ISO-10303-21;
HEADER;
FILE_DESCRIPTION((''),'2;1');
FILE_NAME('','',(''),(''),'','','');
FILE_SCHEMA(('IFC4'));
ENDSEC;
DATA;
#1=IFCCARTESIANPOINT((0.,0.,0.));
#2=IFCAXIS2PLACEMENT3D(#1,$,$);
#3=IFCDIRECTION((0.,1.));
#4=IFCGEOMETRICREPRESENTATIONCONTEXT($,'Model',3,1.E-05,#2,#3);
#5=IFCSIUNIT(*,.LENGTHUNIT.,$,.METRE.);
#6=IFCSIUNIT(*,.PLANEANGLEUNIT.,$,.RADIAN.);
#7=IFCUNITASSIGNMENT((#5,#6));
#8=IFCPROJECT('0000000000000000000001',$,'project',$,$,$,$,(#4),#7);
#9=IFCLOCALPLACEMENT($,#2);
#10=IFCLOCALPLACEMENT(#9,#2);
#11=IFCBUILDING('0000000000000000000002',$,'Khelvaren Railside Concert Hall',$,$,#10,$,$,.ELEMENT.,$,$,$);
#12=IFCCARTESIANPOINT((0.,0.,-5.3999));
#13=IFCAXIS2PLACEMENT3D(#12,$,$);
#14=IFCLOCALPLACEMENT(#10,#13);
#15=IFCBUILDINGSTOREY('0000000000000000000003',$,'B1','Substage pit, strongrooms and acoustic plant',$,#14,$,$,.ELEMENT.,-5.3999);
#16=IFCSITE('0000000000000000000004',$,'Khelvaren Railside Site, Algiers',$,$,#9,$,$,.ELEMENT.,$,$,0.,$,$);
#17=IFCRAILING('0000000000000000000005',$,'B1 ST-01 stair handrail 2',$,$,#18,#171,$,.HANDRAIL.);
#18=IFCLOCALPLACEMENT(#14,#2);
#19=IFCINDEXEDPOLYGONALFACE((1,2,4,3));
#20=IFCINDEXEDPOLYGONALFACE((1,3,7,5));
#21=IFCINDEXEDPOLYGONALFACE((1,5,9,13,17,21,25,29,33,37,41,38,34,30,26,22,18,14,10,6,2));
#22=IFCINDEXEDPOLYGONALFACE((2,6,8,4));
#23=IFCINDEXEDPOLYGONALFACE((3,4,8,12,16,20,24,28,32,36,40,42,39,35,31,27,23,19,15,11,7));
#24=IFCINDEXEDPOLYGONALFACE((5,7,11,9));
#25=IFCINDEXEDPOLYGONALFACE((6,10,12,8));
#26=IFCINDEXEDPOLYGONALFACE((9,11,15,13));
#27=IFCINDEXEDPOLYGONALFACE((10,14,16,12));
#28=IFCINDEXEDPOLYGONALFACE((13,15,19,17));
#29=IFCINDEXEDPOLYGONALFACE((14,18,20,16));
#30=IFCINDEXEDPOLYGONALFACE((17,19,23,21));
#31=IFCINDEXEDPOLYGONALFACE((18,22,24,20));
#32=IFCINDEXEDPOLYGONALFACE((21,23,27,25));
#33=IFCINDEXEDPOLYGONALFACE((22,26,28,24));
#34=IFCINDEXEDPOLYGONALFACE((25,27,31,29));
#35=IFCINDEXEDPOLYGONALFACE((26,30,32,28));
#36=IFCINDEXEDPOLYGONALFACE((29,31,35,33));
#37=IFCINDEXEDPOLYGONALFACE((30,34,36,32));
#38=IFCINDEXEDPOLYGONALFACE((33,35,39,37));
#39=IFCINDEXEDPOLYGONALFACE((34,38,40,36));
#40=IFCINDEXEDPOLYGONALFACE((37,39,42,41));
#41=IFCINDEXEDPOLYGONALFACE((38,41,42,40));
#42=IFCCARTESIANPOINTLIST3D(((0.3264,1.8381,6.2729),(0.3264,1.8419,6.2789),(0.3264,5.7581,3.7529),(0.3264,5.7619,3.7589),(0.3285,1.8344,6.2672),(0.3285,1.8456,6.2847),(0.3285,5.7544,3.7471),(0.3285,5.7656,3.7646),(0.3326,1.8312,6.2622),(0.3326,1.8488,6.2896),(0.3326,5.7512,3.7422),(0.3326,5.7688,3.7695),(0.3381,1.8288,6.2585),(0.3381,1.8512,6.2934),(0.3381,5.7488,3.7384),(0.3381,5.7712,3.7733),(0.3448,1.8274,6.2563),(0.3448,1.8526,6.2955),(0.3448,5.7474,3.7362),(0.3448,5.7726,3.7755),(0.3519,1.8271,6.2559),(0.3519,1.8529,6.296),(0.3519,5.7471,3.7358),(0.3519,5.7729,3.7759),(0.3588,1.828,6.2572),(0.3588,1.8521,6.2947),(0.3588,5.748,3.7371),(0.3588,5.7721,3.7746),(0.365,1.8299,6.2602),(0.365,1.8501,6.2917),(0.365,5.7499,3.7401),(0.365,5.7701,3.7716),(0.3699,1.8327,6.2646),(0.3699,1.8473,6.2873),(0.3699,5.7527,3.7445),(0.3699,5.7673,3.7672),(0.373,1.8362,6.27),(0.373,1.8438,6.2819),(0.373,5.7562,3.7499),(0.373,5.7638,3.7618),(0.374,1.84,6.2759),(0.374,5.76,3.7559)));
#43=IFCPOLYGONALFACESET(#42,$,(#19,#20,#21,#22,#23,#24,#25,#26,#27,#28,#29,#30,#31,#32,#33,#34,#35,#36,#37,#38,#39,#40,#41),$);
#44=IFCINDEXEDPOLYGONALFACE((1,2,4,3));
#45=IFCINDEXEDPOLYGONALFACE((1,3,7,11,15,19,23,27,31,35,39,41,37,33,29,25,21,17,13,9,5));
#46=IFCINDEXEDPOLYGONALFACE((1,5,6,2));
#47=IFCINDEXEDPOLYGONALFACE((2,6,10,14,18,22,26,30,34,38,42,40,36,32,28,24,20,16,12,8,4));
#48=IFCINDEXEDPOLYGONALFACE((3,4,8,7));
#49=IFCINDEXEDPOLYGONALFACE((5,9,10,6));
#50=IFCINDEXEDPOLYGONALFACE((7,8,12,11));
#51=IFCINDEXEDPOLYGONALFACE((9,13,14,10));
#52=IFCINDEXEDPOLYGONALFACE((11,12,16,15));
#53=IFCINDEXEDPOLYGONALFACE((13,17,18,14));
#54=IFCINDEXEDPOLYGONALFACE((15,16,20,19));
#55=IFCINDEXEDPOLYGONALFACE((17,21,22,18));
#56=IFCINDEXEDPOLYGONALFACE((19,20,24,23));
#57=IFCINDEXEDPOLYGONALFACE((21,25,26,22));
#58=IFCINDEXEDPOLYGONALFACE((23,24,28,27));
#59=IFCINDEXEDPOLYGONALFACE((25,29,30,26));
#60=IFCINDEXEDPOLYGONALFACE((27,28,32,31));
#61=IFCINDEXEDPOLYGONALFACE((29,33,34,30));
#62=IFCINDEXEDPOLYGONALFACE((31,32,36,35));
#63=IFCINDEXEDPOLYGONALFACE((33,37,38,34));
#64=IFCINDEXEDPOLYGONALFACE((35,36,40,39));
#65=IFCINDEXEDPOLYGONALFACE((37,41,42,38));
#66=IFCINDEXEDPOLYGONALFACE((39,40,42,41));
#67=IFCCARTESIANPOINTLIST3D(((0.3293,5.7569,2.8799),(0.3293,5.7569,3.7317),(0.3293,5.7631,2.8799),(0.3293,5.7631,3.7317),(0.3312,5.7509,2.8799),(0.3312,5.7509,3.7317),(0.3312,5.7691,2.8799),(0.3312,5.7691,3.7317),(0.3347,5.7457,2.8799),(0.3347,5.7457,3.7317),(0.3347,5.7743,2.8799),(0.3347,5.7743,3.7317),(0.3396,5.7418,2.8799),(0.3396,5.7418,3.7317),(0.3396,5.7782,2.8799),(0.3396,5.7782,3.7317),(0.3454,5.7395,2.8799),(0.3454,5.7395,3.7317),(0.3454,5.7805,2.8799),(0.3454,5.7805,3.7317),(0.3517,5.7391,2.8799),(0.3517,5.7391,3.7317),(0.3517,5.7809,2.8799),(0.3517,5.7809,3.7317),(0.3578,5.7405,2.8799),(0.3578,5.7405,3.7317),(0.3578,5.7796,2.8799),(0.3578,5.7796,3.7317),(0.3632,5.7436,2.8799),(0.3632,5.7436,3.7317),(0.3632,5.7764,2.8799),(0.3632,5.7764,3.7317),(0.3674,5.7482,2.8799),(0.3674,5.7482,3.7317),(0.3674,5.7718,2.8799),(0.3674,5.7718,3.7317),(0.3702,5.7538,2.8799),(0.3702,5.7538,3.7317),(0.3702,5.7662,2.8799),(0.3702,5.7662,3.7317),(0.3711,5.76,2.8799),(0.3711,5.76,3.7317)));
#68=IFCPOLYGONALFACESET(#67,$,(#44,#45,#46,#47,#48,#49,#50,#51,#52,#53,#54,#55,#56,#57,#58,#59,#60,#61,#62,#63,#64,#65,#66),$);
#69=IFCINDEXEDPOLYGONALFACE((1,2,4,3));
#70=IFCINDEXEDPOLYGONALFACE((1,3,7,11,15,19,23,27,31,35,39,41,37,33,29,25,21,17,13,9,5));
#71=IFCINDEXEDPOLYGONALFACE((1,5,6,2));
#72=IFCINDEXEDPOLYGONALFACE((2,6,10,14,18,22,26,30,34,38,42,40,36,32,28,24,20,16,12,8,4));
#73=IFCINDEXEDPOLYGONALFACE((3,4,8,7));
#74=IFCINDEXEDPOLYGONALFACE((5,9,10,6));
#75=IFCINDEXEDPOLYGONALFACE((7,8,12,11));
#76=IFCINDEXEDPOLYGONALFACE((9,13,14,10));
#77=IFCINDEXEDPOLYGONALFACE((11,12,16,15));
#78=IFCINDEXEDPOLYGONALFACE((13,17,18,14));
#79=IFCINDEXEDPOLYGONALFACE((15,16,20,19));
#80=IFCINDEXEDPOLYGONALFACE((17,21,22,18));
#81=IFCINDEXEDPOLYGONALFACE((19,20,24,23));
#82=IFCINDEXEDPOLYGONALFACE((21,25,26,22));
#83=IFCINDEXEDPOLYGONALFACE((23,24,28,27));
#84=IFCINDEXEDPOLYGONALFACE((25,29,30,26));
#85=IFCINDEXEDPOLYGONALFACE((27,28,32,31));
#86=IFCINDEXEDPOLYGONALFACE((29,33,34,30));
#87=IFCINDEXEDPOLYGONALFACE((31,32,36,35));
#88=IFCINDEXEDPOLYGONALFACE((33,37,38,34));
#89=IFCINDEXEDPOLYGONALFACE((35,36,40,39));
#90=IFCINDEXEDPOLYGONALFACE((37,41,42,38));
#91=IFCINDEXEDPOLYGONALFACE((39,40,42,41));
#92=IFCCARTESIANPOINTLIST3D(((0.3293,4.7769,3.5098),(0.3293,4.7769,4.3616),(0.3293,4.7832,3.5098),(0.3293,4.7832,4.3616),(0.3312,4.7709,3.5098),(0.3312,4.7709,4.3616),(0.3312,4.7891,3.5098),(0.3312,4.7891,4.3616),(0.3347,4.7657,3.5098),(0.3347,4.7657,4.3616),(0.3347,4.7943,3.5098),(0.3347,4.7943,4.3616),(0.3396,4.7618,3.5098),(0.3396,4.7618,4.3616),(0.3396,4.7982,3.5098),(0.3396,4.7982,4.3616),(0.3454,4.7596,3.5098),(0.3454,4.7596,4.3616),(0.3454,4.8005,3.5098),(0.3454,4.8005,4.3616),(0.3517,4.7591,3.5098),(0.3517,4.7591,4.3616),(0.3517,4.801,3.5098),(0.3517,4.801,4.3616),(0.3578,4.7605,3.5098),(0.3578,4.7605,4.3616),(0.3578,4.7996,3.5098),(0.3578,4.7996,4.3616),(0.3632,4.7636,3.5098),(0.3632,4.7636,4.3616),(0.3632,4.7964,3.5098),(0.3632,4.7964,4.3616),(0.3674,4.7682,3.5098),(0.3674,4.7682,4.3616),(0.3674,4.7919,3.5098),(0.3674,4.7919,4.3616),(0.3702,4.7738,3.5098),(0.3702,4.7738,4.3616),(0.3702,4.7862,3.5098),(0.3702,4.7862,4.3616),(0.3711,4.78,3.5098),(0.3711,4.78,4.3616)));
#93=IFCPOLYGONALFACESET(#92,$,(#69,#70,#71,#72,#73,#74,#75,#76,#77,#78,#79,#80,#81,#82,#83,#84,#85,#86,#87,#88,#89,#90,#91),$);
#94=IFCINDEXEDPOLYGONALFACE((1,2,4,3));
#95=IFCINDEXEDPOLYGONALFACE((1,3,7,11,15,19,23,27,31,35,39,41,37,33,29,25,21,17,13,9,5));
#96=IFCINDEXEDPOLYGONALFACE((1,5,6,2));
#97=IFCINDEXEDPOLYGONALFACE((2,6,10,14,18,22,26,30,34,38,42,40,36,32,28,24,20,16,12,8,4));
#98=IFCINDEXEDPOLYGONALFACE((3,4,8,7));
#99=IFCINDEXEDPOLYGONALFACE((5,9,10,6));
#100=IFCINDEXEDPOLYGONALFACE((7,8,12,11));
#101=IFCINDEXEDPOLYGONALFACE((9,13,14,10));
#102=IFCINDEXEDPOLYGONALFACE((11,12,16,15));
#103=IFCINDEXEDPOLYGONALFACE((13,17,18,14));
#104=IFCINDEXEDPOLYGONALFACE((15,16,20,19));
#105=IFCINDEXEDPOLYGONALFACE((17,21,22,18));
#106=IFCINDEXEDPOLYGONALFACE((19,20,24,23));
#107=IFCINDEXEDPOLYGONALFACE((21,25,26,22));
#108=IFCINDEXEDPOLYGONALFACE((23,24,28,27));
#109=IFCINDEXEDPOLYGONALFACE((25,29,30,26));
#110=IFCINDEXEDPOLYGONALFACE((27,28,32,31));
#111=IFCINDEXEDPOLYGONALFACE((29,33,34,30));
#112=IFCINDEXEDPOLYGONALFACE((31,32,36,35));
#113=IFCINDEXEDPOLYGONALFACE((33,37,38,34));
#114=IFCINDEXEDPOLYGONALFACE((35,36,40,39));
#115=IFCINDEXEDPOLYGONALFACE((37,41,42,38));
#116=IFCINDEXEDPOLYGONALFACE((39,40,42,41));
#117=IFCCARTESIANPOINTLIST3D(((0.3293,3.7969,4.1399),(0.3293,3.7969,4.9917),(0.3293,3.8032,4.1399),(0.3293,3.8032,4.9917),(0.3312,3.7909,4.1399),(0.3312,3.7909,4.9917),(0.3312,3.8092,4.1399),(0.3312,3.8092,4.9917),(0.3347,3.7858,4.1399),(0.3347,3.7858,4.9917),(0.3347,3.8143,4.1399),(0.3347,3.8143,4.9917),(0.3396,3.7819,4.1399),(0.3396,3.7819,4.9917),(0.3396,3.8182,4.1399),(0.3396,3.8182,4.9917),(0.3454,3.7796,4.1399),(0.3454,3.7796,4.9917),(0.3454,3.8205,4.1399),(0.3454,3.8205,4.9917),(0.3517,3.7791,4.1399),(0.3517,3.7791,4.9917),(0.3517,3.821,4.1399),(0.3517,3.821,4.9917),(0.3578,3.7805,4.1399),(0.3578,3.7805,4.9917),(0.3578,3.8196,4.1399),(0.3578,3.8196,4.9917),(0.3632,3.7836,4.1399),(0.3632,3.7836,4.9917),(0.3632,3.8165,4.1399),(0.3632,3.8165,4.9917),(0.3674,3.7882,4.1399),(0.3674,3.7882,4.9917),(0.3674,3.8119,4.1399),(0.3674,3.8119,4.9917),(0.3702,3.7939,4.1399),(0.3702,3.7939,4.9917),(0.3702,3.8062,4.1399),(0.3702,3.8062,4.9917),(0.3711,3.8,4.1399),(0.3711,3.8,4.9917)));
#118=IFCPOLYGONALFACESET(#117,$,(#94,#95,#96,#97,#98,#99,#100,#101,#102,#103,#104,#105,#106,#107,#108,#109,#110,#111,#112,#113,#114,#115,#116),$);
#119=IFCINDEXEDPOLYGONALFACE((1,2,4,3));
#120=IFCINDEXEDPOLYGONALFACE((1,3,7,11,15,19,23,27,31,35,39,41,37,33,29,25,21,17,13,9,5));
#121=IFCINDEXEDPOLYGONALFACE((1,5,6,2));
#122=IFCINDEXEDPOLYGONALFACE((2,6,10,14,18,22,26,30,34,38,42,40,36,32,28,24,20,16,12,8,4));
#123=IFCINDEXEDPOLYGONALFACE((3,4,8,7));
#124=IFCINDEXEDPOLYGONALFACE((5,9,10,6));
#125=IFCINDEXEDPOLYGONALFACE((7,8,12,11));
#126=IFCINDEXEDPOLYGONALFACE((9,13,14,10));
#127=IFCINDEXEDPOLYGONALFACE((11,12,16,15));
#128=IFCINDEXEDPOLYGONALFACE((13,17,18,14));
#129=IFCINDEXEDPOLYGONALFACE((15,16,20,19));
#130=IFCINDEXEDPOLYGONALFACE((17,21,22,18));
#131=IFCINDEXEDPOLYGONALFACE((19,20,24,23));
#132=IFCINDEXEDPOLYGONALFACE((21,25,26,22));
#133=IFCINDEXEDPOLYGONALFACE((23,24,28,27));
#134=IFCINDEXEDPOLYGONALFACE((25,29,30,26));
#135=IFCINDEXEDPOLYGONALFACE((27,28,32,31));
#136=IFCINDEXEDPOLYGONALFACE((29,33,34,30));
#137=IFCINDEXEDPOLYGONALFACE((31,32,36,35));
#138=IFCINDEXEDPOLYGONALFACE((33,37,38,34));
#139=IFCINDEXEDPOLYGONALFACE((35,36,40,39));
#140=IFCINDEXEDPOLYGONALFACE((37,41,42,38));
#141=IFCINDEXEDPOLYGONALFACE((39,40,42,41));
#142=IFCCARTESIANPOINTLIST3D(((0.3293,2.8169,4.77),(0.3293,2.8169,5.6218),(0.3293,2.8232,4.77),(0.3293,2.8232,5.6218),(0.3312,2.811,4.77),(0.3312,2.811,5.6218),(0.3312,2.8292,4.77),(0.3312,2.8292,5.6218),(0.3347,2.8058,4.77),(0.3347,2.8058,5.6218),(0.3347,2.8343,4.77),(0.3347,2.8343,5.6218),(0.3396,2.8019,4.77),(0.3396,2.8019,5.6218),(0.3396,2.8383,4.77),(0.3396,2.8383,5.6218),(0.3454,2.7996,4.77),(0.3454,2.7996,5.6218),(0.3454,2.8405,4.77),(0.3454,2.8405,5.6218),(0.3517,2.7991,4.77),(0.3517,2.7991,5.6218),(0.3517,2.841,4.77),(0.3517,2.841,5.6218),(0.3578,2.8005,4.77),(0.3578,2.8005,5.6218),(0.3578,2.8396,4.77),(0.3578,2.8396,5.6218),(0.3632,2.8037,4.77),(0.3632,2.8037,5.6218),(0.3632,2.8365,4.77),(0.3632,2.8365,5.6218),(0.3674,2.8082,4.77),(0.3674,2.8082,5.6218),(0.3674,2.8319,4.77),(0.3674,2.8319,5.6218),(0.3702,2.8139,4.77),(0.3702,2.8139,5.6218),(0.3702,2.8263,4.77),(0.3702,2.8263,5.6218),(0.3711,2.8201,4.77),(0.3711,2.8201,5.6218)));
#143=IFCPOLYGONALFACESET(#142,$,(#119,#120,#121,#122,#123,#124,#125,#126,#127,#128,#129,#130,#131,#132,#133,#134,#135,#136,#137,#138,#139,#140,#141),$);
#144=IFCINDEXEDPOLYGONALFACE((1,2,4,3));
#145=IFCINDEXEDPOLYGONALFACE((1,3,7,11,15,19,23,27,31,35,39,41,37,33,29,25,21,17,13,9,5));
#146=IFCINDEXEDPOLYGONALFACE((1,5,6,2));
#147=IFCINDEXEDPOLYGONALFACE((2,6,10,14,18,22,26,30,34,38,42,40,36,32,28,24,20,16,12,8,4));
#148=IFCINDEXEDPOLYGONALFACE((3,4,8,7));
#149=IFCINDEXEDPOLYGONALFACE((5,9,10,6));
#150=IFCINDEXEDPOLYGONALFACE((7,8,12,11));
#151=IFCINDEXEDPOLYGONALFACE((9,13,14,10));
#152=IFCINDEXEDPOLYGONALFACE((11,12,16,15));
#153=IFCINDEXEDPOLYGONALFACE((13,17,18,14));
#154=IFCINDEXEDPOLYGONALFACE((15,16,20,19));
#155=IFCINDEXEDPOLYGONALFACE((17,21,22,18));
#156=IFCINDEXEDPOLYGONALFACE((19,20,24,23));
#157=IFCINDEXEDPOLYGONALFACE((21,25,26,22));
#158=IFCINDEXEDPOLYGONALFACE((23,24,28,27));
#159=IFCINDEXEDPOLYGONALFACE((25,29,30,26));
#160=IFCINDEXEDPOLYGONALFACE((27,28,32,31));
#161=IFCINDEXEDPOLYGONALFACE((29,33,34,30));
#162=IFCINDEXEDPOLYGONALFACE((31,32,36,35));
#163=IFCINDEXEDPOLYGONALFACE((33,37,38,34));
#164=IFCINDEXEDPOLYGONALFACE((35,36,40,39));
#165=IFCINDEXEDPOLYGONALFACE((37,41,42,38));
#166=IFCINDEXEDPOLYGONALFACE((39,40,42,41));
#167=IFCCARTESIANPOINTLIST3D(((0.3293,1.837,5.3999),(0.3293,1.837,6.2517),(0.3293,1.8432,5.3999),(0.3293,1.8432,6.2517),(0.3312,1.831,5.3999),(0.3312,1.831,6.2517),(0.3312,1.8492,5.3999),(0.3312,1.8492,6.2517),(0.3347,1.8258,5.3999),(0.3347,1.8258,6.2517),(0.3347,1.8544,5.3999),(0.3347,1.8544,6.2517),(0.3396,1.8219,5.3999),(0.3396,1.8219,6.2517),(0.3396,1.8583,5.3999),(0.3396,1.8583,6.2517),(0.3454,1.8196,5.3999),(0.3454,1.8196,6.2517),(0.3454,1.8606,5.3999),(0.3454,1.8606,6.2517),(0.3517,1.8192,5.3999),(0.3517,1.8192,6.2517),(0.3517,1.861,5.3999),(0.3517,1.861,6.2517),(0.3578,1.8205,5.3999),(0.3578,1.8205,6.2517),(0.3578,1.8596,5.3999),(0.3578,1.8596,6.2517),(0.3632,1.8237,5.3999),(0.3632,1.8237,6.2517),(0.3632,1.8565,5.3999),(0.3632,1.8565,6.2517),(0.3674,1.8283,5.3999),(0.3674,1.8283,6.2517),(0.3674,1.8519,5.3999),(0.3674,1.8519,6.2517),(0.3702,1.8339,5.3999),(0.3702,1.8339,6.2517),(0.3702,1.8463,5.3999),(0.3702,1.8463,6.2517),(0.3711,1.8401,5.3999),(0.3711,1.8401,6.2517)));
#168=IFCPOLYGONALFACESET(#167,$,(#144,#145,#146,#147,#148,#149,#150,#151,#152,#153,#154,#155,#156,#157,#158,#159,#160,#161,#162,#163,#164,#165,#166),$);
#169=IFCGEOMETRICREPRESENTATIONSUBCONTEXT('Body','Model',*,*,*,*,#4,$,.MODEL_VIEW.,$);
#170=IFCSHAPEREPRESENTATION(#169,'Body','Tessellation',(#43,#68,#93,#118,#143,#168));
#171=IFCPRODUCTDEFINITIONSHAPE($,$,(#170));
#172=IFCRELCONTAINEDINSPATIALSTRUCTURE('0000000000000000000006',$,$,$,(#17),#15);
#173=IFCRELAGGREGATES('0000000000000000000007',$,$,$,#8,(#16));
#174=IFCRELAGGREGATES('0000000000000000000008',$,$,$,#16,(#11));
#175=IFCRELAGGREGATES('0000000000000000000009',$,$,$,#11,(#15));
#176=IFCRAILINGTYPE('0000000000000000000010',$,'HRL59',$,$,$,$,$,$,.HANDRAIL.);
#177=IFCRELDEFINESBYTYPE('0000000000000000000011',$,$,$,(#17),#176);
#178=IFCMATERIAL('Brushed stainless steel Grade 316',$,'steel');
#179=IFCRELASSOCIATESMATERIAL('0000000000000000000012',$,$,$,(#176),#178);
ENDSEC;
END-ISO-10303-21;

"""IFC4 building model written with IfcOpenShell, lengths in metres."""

from ifc_helpers import new_model, si_unit, direction, frame, origin, origin_2d, place, context, subcontext, project, spatial, circle, extrude, material, type_object, element, save


model = new_model("IFC4")

# Units and contexts
model_context = context("Model", 3, precision=1e-05, world=origin(), true_north=direction((0.0, 1.0)))
body_context = subcontext(model_context, "Body", "Model", "MODEL_VIEW")
ifc_project = project(units=[si_unit("LENGTHUNIT", "METRE"), si_unit("PLANEANGLEUNIT", "RADIAN")], contexts=[model_context])

# Site, building, storey
site_placement = place(None, origin())
site = spatial("IfcSite", under=ifc_project, at=site_placement, Name="Khelvaren Railside Site, Algiers", CompositionType="ELEMENT", RefElevation=0.0)
building_placement = place(site_placement, origin())
building = spatial("IfcBuilding", under=site, at=building_placement, Name="Khelvaren Railside Concert Hall", CompositionType="ELEMENT")
storey_placement = place(building_placement, frame((0.0, 0.0, -5.3999)))
storey = spatial("IfcBuildingStorey", under=building, at=storey_placement, Name="B1", Description="Substage pit, strongrooms and acoustic plant", CompositionType="ELEMENT", Elevation=-5.3999)

# Railing
ifc_material_1 = material(Name="Brushed stainless steel Grade 316", Category="steel")
railing_type_1 = type_object("IfcRailingType", Name="HRL59", PredefinedType="HANDRAIL", material=ifc_material_1)
railing_placement = place(storey_placement, frame((0.3501, 5.76, 2.8799)))
element("IfcRailing", 1, at=railing_placement, inside=storey, type_object=railing_type_1, Name="B1 ST-01 stair handrail 2", PredefinedType="HANDRAIL", context=body_context, shape_type="SweptSolid", body=[
    extrude(circle(Radius=0.0239, at=origin_2d()), frame((0.0, 0.0, 0.876), z_axis=(0.0, -0.841172, 0.540768), x_axis=(1.0, 0.0, 0.0)), (0.0, 0.0, 1.0), 4.6602),
    extrude(circle(Radius=0.021, at=origin_2d()), origin(), (0.0, 0.0, 1.0), 0.8518),
    extrude(circle(Radius=0.021, at=origin_2d()), frame((0.0, -0.98, 0.6299)), (0.0, 0.0, 1.0), 0.8518),
    extrude(circle(Radius=0.021, at=origin_2d()), frame((0.0, -1.96, 1.26)), (0.0, 0.0, 1.0), 0.8518),
    extrude(circle(Radius=0.021, at=origin_2d()), frame((0.0, -2.9399, 1.8901)), (0.0, 0.0, 1.0), 0.8518),
    extrude(circle(Radius=0.021, at=origin_2d()), frame((0.0, -3.9199, 2.52)), (0.0, 0.0, 1.0), 0.8518),
])

save(model, "model.ifc")
